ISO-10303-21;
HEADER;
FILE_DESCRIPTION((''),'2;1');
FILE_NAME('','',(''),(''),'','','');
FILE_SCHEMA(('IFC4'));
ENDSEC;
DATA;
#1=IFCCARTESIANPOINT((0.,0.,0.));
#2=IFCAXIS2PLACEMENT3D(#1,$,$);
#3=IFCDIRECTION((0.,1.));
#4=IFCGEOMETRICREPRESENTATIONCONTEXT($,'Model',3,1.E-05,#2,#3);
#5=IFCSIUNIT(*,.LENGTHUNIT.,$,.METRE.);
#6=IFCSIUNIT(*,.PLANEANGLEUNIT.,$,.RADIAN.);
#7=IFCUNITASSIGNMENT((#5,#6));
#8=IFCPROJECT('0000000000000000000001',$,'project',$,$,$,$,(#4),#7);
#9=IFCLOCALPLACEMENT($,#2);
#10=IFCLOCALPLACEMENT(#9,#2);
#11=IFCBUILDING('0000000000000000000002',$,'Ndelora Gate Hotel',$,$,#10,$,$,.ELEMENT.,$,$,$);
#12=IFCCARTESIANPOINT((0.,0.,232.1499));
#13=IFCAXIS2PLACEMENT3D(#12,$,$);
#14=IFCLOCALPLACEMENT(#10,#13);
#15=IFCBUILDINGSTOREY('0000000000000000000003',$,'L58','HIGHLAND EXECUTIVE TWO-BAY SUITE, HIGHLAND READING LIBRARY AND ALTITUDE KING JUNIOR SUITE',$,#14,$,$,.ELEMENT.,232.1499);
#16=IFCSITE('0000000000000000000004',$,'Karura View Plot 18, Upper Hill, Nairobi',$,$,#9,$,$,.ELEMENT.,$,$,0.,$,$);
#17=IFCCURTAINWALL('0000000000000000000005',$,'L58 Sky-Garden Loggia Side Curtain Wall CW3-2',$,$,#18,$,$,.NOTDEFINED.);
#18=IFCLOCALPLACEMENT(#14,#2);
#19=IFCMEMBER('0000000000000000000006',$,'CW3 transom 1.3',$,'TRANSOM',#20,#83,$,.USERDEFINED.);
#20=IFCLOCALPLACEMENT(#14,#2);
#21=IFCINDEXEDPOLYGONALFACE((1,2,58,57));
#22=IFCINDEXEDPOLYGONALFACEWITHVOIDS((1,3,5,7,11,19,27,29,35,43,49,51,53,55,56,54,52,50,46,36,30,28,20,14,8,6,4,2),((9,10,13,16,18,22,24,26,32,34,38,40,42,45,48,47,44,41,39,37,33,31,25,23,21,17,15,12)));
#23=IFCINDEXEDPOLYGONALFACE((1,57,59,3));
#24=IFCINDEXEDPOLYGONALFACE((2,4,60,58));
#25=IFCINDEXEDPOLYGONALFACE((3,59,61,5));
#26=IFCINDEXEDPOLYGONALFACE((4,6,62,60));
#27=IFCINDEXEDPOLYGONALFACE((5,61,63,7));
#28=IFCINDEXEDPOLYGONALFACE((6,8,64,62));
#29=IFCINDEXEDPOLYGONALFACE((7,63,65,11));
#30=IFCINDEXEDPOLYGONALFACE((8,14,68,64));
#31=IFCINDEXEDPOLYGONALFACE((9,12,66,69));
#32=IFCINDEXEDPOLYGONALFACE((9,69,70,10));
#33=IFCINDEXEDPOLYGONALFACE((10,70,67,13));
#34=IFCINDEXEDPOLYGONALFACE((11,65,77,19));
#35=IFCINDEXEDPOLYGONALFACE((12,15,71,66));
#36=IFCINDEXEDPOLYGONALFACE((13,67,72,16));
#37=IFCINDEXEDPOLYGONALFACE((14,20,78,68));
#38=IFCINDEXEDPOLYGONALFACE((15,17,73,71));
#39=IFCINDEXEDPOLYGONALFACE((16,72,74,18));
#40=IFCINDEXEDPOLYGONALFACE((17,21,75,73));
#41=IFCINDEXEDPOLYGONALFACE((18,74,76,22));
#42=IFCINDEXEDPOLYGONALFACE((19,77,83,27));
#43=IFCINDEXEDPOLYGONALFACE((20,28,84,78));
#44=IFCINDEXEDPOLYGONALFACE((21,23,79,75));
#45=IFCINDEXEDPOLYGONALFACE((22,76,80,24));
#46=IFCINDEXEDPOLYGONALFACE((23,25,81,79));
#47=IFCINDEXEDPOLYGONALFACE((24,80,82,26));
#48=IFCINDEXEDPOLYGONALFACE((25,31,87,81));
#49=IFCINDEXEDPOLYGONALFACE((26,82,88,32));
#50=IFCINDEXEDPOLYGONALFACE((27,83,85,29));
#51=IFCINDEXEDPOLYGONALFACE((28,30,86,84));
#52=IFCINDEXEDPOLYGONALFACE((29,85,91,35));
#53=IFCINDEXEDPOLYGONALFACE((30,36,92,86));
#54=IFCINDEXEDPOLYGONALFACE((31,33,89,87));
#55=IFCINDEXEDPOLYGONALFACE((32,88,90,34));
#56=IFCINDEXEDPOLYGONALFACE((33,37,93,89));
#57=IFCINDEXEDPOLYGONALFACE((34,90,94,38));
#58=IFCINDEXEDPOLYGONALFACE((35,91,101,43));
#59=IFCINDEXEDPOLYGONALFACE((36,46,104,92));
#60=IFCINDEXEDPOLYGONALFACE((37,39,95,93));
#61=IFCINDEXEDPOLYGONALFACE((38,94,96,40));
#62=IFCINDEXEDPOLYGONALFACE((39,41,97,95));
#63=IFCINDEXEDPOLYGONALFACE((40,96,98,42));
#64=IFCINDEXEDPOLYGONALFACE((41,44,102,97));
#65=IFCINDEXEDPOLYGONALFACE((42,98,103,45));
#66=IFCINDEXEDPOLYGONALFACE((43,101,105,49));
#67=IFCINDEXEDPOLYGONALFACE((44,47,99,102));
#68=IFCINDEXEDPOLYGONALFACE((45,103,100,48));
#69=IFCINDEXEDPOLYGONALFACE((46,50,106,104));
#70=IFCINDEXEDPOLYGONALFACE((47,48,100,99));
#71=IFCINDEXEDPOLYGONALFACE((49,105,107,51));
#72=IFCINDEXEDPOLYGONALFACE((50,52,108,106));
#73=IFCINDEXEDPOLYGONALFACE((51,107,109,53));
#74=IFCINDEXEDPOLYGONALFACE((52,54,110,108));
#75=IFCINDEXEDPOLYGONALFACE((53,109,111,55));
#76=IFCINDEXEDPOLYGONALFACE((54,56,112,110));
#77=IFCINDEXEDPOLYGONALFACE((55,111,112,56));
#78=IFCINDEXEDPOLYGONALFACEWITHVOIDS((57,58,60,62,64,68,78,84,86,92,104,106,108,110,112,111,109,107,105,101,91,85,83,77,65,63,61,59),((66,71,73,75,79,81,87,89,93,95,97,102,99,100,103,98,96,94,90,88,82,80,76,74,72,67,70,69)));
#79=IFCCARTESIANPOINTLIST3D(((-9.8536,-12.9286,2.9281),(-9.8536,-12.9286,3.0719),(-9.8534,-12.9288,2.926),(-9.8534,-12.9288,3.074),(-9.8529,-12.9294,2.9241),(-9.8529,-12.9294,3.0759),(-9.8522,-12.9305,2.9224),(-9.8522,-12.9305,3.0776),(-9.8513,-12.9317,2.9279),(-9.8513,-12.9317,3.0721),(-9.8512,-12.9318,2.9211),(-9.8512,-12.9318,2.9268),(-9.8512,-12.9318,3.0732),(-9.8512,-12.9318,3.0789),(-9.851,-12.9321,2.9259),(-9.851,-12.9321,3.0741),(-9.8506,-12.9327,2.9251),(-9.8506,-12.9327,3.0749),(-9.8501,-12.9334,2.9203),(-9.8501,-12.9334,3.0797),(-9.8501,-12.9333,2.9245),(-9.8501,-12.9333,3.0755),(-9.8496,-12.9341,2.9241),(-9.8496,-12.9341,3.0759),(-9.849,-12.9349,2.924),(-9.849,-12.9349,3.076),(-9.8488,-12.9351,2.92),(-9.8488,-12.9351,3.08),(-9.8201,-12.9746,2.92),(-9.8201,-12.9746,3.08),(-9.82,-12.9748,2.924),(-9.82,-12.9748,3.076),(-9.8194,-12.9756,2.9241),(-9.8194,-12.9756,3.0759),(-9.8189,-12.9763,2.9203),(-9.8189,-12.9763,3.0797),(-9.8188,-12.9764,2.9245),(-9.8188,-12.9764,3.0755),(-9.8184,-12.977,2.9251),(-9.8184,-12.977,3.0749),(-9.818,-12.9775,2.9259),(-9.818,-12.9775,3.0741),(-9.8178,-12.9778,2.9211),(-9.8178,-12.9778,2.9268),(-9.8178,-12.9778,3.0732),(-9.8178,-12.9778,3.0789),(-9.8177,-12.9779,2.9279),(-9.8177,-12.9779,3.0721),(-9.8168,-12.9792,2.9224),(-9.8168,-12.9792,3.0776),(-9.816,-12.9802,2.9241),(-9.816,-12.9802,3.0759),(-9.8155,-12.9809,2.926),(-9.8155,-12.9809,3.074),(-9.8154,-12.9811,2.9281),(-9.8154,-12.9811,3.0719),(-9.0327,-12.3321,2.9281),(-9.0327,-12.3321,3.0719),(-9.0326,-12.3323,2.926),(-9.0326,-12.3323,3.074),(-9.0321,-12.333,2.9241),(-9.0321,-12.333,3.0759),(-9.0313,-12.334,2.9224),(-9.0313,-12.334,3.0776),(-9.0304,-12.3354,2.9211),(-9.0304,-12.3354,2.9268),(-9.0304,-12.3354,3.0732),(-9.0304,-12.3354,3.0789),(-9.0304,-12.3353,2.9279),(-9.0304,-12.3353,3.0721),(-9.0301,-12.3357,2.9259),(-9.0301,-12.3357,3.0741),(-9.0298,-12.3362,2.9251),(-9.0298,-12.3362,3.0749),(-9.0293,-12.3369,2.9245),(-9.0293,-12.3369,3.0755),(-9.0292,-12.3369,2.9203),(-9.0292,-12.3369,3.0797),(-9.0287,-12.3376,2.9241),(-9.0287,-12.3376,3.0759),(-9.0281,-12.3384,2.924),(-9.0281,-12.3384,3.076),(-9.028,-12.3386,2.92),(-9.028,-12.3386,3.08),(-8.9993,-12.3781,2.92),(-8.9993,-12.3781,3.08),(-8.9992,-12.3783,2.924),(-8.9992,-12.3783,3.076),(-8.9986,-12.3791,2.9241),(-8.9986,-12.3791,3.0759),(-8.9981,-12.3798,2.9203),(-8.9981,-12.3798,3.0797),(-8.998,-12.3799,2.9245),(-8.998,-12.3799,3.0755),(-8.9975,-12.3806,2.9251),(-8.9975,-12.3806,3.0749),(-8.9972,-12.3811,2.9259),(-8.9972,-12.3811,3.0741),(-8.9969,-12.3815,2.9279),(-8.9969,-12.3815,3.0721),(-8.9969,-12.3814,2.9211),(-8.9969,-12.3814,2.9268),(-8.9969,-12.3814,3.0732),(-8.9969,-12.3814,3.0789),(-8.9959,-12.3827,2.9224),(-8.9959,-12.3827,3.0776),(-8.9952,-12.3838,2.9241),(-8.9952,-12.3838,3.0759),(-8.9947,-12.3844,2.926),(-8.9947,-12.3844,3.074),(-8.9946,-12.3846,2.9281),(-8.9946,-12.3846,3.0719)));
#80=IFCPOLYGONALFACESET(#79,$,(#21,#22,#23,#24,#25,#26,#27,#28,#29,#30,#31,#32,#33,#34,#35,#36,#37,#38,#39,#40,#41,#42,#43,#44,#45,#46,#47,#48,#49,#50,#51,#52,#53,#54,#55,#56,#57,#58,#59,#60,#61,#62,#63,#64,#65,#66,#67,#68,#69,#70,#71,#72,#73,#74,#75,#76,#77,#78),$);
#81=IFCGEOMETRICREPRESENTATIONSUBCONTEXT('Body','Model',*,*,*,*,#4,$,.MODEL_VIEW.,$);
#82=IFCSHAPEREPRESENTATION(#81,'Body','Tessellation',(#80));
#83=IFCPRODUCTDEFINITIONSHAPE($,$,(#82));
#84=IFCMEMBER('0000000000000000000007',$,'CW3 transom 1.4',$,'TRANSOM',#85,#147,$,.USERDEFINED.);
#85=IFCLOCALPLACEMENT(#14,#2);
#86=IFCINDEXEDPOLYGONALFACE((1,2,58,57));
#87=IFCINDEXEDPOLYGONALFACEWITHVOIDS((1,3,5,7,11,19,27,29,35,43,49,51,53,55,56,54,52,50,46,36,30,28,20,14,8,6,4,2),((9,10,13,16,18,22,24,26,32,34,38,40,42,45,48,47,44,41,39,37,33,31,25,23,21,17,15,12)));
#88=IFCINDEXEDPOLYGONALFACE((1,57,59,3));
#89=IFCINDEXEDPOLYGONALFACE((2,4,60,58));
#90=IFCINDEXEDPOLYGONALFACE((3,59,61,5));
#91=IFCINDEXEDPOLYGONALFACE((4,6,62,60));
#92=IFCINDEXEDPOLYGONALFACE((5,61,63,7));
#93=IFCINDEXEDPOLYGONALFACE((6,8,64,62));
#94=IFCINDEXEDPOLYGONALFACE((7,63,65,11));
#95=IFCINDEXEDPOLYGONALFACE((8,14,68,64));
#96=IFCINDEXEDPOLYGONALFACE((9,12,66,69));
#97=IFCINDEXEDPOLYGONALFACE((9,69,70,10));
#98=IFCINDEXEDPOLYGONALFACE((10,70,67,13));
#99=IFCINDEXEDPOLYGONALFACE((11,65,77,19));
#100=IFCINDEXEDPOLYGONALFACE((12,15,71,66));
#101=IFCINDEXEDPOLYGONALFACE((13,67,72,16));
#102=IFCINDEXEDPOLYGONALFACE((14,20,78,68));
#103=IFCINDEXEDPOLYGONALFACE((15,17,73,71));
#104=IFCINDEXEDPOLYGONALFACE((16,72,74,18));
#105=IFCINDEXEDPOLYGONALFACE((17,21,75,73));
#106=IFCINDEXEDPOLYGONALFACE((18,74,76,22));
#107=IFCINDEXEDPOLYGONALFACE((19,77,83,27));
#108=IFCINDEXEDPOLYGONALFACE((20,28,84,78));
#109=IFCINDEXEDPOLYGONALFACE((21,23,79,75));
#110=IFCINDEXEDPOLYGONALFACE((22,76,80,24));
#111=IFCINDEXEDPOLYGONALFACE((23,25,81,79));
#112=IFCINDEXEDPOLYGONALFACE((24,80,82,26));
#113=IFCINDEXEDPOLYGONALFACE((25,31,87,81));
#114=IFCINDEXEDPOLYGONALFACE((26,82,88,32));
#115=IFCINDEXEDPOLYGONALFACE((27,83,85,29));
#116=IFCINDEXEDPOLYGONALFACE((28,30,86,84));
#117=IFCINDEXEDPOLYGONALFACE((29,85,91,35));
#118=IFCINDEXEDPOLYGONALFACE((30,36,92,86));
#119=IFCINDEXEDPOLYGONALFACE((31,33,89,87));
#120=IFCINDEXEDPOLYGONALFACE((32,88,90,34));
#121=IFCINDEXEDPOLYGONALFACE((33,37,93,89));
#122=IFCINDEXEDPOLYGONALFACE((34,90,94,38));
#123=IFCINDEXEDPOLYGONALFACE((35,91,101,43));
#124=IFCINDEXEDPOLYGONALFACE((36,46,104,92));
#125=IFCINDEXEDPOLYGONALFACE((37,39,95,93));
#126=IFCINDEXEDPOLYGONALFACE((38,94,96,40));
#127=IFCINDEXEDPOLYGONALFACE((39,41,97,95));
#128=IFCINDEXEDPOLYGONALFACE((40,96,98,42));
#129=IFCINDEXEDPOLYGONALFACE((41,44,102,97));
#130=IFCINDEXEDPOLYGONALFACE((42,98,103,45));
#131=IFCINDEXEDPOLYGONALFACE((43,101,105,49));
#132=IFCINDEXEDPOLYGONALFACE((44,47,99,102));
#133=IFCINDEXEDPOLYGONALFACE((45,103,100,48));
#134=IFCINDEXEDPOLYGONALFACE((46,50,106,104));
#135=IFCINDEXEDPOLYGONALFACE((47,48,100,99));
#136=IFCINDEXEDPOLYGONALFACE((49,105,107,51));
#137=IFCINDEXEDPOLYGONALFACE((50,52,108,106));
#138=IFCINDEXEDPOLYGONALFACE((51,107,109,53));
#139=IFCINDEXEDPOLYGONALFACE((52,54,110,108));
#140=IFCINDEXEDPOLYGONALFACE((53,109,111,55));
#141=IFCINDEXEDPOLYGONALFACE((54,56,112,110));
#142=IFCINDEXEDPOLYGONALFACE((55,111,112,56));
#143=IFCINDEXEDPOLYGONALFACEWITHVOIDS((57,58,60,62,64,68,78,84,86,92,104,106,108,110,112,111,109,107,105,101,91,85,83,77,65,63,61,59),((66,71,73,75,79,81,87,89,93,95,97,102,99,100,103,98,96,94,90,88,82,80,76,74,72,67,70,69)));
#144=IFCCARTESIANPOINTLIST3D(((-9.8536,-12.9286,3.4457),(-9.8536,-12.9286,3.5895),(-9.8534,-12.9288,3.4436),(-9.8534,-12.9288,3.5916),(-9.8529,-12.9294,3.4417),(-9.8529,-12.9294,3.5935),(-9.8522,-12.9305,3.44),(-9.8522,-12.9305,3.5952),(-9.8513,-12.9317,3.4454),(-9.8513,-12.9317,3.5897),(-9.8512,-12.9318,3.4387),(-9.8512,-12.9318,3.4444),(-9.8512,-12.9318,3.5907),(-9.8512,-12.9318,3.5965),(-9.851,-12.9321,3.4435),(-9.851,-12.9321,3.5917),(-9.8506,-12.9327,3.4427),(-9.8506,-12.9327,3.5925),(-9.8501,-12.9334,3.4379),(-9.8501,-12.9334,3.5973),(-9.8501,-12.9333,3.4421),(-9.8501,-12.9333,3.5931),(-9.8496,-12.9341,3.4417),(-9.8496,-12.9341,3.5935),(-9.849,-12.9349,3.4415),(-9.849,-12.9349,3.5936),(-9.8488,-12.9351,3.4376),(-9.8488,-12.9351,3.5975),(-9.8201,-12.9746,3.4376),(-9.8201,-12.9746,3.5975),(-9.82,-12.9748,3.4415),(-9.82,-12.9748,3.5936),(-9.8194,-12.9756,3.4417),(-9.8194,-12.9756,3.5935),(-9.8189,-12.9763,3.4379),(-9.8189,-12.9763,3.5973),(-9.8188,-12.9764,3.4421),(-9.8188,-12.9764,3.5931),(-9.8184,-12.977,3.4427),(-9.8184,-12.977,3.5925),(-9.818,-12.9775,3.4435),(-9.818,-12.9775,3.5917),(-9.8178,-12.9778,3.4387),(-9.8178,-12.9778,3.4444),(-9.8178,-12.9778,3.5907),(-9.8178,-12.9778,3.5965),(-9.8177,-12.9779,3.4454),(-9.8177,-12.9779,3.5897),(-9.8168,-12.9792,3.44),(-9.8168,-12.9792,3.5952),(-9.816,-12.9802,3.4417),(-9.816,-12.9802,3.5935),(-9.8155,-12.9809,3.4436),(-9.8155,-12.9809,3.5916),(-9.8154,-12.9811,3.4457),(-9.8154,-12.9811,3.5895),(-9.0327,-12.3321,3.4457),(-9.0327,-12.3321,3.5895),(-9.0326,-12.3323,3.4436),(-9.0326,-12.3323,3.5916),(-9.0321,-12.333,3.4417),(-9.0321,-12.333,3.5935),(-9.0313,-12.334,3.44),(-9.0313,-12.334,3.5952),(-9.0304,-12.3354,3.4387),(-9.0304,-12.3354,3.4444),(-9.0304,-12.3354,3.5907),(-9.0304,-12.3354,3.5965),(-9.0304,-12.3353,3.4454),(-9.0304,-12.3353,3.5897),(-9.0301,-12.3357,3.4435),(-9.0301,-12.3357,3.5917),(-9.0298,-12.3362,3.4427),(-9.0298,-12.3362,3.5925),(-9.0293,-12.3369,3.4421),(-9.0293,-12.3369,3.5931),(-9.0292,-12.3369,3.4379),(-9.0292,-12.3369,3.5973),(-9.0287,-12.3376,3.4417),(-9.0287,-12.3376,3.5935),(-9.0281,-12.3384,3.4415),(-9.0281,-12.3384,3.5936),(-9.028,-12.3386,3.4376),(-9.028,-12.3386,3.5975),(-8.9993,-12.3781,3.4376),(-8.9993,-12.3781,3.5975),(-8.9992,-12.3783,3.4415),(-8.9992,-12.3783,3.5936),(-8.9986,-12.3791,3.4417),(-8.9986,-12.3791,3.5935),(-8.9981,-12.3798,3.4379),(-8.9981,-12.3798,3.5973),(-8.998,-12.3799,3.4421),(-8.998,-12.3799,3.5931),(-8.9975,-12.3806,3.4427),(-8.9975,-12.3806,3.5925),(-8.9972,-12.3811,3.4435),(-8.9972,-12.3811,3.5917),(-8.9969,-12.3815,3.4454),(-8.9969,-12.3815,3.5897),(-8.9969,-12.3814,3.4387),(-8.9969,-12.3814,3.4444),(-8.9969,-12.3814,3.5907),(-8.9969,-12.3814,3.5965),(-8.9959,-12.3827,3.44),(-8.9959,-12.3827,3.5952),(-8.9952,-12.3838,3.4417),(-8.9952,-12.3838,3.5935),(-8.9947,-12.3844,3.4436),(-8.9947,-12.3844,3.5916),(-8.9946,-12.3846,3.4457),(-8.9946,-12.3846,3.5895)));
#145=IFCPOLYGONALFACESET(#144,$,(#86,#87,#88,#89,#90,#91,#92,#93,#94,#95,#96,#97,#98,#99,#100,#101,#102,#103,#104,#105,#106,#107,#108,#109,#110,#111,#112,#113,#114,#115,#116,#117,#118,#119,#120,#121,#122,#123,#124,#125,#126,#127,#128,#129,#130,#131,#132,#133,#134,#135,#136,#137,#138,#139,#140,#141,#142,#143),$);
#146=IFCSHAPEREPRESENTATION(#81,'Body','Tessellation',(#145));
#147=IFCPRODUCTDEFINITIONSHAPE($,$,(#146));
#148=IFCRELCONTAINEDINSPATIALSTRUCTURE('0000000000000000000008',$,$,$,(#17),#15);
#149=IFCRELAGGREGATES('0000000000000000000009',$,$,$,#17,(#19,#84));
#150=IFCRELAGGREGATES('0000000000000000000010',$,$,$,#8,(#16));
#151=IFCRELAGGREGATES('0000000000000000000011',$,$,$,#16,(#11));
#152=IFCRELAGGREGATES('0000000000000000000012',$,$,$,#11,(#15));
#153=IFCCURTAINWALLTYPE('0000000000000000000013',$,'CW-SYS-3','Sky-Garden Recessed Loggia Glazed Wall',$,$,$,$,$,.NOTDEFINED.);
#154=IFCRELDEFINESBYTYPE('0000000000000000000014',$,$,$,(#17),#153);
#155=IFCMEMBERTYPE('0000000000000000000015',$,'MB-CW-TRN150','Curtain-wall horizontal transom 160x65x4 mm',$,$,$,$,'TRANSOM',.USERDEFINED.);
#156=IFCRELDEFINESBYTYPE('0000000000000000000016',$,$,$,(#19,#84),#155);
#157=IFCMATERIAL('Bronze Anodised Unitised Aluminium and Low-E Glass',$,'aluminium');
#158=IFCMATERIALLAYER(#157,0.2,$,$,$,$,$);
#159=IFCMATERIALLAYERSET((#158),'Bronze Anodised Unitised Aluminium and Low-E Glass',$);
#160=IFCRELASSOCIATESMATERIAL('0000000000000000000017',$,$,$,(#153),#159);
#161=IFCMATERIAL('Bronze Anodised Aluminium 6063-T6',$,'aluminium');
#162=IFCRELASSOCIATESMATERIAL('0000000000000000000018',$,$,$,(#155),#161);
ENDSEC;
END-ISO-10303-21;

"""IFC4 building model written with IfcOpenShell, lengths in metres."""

from ifc_helpers import new_model, si_unit, direction, frame, origin, origin_2d, place, context, subcontext, project, spatial, hollow_rectangle, extrude, material, layer, layer_set, material_profile, profile_set, type_object, element, aggregate, save


model = new_model("IFC4")

# Units and contexts
model_context = context("Model", 3, precision=1e-05, world=origin(), true_north=direction((0.0, 1.0)))
body_context = subcontext(model_context, "Body", "Model", "MODEL_VIEW")
ifc_project = project(units=[si_unit("LENGTHUNIT", "METRE"), si_unit("PLANEANGLEUNIT", "RADIAN")], contexts=[model_context])

# Site, building, storey
site_placement = place(None, origin())
site = spatial("IfcSite", under=ifc_project, at=site_placement, Name="Karura View Plot 18, Upper Hill, Nairobi", CompositionType="ELEMENT", RefElevation=0.0)
building_placement = place(site_placement, origin())
building = spatial("IfcBuilding", under=site, at=building_placement, Name="Ndelora Gate Hotel", CompositionType="ELEMENT")
storey_placement = place(building_placement, frame((0.0, 0.0, 232.1499)))
storey = spatial("IfcBuildingStorey", under=building, at=storey_placement, Name="L58", Description="HIGHLAND EXECUTIVE TWO-BAY SUITE, HIGHLAND READING LIBRARY AND ALTITUDE KING JUNIOR SUITE", CompositionType="ELEMENT", Elevation=232.1499)

# Curtain wall, members
ifc_material_1 = material(Name="Bronze Anodised Unitised Aluminium and Low-E Glass", Category="aluminium")
ifc_layer_1 = layer(ifc_material_1, 0.2)
ifc_layer_set_1 = layer_set([ifc_layer_1], Name="Bronze Anodised Unitised Aluminium and Low-E Glass")
curtain_wall_type = type_object("IfcCurtainWallType", Name="CW-SYS-3", Description="Sky-Garden Recessed Loggia Glazed Wall", PredefinedType="NOTDEFINED", material=ifc_layer_set_1)
curtain_wall_placement = place(storey_placement, origin())
curtain_wall = element("IfcCurtainWall", 1, at=curtain_wall_placement, inside=storey, type_object=curtain_wall_type, Name="L58 Sky-Garden Loggia Side Curtain Wall CW3-2", PredefinedType="NOTDEFINED")
ifc_material_2 = material(Name="Bronze Anodised Aluminium 6063-T6", Category="aluminium")
ifc_material_profile_1 = material_profile(ifc_material_2, hollow_rectangle(XDim=0.0649, YDim=0.1599, WallThickness=0.0039, InnerFilletRadius=0.0039, OuterFilletRadius=0.0081, at=origin_2d()), Name="ALU 160x65x4")
ifc_profile_set_1 = profile_set([ifc_material_profile_1], Name="Bronze Anodised Aluminium 6063-T6")
member_type_1 = type_object("IfcMemberType", Name="MB-CW-TRN150", Description="Curtain-wall horizontal transom 160x65x4 mm", ElementType="TRANSOM", PredefinedType="USERDEFINED", material=ifc_profile_set_1)
member_1_placement = place(storey_placement, frame((-9.8345, -12.9548, 3.0), z_axis=(0.808975, 0.587843, 0.0), x_axis=(-0.587843, 0.808975, 0.0)))
member_1 = element("IfcMember", 2, at=member_1_placement, type_object=member_type_1, Name="CW3 transom 1.3", ObjectType="TRANSOM", PredefinedType="USERDEFINED", context=body_context, shape_type="SweptSolid", body=[
    extrude(hollow_rectangle(XDim=0.0649, YDim=0.1599, WallThickness=0.0039, InnerFilletRadius=0.0039, OuterFilletRadius=0.0081, at=origin_2d()), origin(), (0.0, 0.0, 1.0), 1.0146),
])
member_2_placement = place(storey_placement, frame((-9.8345, -12.9548, 3.5176), z_axis=(0.808975, 0.587843, 0.0), x_axis=(-0.587843, 0.808975, 0.0)))
member_2 = element("IfcMember", 3, at=member_2_placement, type_object=member_type_1, Name="CW3 transom 1.4", ObjectType="TRANSOM", PredefinedType="USERDEFINED", context=body_context, shape_type="SweptSolid", body=[
    extrude(hollow_rectangle(XDim=0.0649, YDim=0.1599, WallThickness=0.0039, InnerFilletRadius=0.0039, OuterFilletRadius=0.0081, at=origin_2d()), origin(), (0.0, 0.0, 1.0), 1.0146),
])
aggregate(curtain_wall, [member_1, member_2])

save(model, "model.ifc")
